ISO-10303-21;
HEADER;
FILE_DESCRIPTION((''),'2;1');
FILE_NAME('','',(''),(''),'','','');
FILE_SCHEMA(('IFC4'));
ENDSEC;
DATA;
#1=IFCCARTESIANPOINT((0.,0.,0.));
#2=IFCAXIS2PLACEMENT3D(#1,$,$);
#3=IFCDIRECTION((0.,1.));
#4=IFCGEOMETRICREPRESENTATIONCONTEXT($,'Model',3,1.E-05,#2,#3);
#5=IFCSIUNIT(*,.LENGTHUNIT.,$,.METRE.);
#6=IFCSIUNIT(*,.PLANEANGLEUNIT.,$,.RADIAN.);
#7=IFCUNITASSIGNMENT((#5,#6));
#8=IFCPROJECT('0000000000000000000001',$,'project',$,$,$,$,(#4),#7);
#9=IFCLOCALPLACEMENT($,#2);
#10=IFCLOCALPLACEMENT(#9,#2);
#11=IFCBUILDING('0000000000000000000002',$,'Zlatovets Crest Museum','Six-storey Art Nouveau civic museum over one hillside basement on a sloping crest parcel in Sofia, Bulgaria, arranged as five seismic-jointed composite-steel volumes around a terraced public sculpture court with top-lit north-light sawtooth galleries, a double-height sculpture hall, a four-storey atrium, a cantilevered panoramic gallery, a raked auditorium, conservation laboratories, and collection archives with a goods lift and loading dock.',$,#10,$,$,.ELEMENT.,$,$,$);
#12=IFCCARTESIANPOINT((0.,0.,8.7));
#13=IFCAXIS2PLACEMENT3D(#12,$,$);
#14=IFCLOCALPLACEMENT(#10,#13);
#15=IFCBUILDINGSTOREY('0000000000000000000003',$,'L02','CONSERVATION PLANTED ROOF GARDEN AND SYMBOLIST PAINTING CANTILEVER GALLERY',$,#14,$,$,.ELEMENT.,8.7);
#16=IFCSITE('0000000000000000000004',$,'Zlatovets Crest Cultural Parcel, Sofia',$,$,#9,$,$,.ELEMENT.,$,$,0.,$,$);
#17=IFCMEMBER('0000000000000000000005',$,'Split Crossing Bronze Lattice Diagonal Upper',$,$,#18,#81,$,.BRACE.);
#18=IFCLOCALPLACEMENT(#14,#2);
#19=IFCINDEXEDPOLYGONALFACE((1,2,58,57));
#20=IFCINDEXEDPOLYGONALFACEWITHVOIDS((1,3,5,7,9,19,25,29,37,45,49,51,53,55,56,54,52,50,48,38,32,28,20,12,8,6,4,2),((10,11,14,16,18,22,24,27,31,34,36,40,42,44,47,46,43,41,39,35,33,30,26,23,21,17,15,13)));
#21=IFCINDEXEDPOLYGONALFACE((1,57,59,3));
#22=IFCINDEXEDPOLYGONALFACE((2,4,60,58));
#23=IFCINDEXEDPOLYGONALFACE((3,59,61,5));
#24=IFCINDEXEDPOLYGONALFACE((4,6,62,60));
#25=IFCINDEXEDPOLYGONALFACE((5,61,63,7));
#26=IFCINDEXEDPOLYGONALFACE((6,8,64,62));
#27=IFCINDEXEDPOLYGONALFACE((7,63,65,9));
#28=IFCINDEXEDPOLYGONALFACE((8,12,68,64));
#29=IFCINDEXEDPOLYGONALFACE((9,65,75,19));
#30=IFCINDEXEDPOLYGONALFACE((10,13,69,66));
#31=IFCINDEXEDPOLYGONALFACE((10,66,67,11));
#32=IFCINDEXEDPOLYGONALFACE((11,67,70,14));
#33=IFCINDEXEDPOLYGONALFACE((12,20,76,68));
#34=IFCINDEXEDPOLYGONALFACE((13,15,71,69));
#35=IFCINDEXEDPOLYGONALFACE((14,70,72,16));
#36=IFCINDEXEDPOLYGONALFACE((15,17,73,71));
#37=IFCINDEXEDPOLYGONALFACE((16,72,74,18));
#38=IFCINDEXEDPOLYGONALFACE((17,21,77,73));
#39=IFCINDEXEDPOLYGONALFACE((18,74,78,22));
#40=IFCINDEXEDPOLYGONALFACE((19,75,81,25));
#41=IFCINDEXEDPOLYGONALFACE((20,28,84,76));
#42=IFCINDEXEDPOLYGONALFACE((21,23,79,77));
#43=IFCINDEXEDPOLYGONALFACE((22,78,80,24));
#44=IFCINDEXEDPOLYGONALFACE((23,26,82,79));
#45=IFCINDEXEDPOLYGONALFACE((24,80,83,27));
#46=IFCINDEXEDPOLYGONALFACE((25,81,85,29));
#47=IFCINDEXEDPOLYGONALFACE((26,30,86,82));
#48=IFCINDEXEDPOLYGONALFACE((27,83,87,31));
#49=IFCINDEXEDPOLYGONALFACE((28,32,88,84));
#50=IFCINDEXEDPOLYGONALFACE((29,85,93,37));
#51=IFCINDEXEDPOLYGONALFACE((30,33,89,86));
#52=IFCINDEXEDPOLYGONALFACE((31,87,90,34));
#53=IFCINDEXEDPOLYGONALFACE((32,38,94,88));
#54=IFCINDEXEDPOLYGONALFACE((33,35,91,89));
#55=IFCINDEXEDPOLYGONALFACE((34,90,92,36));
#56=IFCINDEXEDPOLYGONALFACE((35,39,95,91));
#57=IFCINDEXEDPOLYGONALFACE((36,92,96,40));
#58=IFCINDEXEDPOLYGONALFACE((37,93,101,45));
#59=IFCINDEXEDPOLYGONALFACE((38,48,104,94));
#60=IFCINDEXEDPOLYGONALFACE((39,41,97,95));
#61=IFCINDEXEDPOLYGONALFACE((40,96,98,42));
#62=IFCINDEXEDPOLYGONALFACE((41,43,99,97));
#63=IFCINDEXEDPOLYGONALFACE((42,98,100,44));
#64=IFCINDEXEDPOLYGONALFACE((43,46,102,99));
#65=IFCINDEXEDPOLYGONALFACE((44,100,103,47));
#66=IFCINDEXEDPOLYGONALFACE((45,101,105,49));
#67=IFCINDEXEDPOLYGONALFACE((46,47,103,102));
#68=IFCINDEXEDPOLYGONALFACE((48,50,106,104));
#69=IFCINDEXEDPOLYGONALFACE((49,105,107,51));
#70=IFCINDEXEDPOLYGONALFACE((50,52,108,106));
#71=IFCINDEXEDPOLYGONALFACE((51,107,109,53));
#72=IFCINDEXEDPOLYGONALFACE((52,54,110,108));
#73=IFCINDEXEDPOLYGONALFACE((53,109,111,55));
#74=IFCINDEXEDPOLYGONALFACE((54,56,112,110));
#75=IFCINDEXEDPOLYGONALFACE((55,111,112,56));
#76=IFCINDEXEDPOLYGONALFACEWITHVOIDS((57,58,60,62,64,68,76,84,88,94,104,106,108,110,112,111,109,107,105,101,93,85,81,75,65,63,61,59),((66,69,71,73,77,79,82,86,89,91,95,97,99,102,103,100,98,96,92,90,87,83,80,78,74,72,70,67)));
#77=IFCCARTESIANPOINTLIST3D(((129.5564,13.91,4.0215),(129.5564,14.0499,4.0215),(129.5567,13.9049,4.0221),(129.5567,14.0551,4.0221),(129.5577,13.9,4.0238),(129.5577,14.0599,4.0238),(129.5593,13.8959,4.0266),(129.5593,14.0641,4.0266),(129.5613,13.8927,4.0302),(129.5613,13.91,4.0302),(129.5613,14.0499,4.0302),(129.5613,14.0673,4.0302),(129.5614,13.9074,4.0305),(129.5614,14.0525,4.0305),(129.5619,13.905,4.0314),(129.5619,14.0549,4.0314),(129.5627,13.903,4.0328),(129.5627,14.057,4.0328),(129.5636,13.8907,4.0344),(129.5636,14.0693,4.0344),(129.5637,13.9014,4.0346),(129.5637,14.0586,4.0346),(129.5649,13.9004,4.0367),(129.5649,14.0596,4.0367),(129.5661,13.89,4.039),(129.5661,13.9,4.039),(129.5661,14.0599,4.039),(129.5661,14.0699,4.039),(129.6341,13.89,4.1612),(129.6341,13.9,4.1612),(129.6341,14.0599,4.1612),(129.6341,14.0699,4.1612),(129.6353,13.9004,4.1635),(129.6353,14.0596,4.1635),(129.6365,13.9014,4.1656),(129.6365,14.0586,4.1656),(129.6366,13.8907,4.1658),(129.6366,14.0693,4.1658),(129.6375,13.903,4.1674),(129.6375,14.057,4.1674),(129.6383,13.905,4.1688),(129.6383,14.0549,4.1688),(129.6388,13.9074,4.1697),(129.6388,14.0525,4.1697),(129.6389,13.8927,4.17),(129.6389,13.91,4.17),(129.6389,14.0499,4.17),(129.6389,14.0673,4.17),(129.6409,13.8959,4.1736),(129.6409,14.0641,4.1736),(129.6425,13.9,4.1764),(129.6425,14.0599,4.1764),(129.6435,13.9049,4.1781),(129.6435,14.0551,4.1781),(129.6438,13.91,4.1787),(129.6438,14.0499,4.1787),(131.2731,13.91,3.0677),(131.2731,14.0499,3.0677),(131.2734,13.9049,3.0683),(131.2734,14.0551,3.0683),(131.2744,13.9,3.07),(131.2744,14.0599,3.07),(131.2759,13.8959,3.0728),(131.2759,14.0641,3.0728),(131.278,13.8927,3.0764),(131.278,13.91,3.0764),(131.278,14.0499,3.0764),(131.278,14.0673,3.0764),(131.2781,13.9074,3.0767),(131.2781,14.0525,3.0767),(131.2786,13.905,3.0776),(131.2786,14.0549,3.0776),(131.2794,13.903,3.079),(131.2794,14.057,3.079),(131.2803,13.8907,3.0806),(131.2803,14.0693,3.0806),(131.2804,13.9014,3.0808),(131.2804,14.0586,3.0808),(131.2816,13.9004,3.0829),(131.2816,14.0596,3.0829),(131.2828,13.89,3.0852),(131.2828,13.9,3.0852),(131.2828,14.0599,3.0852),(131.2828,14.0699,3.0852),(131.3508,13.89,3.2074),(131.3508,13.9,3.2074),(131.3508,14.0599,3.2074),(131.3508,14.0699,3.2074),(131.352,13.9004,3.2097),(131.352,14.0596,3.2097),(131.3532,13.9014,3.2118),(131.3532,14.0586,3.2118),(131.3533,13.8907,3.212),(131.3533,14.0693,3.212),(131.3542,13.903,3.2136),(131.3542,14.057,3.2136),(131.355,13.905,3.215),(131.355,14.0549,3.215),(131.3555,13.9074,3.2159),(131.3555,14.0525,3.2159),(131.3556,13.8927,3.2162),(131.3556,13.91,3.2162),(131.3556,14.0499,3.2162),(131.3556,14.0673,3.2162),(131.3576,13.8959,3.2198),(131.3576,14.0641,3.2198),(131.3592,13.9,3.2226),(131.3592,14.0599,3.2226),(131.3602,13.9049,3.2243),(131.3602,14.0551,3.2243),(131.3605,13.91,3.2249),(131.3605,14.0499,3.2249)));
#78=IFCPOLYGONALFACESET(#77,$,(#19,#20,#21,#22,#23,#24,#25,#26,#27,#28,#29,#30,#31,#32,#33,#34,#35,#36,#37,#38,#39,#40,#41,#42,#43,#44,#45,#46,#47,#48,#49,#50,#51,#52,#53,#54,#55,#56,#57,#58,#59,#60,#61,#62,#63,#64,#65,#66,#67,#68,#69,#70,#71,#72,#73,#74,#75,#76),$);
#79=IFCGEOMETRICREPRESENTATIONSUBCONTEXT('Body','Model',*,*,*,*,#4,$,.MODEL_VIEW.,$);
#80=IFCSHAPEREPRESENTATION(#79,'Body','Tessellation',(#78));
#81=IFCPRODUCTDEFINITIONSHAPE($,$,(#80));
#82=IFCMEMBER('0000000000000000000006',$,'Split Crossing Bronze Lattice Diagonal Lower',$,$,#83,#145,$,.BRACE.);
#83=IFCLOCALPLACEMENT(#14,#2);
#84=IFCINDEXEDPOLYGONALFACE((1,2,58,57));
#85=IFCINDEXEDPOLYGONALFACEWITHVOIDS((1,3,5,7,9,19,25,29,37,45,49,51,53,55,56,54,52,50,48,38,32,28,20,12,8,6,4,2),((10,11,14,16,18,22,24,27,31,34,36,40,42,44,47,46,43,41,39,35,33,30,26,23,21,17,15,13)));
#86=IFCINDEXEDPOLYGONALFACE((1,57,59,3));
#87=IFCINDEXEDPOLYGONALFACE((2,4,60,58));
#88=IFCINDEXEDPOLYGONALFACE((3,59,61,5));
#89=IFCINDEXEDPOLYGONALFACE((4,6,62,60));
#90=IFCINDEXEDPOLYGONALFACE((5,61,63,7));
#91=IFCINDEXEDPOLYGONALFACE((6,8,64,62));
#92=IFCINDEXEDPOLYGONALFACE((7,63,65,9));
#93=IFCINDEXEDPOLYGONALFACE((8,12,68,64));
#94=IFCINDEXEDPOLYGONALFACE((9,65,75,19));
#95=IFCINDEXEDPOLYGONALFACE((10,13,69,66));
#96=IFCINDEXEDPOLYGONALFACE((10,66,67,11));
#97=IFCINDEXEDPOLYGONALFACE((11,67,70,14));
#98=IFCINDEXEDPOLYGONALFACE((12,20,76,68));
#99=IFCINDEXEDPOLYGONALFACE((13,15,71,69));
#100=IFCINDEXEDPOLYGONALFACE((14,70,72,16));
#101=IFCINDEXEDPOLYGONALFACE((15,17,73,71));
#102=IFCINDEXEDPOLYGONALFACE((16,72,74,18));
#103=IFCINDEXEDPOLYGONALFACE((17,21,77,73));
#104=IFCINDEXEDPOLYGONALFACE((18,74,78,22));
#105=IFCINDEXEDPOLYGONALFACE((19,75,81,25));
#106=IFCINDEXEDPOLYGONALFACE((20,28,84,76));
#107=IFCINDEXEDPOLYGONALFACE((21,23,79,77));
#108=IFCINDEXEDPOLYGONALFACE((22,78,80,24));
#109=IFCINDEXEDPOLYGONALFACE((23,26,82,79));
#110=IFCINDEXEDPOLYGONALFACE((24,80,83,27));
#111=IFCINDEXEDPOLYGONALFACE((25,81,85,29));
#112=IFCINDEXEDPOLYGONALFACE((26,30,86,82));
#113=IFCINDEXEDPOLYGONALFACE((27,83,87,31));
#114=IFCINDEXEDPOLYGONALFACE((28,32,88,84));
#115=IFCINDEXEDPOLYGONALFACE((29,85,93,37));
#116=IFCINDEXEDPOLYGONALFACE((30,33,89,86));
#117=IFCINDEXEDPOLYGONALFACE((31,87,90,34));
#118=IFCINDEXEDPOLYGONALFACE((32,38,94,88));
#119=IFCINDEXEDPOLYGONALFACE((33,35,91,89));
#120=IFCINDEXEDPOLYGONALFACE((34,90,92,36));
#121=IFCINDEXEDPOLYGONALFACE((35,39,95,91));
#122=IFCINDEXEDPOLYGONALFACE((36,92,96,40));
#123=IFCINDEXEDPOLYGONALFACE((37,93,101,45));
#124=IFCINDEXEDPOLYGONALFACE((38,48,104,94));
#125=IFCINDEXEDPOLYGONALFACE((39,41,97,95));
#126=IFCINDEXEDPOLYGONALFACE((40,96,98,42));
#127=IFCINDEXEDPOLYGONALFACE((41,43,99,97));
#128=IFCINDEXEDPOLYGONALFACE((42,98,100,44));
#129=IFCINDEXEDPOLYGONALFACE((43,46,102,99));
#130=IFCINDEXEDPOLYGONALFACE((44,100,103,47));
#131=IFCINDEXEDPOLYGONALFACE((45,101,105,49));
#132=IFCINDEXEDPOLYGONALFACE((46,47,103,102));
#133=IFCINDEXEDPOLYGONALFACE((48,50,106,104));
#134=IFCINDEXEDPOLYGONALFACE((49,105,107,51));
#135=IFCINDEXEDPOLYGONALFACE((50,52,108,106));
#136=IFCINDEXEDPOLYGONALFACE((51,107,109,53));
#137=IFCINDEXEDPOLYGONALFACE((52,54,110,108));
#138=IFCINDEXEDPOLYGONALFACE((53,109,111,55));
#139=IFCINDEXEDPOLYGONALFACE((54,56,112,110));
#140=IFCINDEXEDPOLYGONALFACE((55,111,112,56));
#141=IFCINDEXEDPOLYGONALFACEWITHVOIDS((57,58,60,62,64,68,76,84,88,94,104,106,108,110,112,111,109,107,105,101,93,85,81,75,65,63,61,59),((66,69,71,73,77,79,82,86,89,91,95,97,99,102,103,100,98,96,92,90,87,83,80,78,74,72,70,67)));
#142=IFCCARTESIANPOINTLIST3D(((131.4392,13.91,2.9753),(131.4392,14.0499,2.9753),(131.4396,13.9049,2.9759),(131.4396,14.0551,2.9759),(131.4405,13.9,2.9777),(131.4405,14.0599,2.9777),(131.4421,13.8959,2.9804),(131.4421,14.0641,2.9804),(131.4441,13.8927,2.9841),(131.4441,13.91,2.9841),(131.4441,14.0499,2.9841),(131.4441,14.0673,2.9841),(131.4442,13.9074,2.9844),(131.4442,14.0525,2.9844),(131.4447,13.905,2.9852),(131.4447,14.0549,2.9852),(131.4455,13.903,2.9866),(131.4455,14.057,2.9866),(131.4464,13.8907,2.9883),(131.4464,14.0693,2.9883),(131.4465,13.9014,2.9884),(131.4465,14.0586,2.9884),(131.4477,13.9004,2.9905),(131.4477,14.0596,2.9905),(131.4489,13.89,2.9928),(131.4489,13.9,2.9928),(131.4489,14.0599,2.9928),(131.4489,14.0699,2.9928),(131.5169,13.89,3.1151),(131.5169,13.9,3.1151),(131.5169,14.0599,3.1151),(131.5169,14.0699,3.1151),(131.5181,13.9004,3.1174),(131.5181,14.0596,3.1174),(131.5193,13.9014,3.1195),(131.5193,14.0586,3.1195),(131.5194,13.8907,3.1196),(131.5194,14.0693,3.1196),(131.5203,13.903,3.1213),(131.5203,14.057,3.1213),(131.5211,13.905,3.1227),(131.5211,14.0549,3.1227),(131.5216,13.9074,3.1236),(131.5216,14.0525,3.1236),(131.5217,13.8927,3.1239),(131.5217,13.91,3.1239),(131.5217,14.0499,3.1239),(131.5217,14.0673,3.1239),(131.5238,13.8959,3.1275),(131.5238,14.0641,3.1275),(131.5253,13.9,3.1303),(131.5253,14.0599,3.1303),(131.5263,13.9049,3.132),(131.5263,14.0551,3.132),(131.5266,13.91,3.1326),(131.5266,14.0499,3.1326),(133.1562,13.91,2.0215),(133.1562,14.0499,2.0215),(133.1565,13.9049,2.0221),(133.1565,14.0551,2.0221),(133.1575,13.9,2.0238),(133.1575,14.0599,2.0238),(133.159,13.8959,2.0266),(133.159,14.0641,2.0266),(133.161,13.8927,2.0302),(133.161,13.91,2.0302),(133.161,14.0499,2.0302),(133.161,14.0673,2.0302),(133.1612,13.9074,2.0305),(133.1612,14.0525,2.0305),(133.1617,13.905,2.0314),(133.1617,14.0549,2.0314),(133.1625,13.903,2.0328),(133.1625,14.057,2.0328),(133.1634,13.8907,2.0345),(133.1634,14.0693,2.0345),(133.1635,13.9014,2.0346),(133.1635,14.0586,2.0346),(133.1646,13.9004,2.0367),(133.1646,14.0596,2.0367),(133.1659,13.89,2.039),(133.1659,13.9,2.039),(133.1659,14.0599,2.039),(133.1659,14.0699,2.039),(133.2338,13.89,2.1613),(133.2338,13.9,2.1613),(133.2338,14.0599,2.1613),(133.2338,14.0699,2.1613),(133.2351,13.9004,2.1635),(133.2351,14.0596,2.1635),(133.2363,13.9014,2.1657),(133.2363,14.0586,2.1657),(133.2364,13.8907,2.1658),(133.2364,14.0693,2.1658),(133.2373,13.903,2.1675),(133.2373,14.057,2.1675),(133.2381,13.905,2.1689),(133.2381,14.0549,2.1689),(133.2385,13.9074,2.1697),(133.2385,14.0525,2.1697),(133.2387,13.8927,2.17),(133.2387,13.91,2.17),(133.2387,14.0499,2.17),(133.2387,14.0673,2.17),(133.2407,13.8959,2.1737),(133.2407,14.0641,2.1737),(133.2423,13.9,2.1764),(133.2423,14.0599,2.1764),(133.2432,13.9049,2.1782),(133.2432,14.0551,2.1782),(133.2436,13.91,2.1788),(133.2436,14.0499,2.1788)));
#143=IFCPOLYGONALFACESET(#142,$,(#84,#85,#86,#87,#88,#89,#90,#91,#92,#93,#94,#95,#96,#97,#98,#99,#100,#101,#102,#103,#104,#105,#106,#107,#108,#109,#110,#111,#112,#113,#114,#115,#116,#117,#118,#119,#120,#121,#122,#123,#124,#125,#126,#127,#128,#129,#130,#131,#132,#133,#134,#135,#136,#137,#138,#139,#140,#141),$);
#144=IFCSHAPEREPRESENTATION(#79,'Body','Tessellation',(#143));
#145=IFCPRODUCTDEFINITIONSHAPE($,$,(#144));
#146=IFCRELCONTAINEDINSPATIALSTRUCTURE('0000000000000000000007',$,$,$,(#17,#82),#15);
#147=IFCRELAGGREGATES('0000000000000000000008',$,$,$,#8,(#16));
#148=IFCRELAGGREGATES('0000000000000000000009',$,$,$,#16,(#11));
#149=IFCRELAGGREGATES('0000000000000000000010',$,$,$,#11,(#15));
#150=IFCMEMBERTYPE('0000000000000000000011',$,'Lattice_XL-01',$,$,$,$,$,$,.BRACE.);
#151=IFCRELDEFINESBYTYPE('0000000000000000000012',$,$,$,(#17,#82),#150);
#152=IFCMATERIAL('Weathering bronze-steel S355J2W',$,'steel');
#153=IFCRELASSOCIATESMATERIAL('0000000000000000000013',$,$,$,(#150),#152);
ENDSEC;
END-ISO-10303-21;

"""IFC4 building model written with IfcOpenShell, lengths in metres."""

from ifc_helpers import new_model, si_unit, direction, frame, origin, origin_2d, place, context, subcontext, project, spatial, hollow_rectangle, extrude, material, material_profile, profile_set, type_object, element, save


model = new_model("IFC4")

# Units and contexts
model_context = context("Model", 3, precision=1e-05, world=origin(), true_north=direction((0.0, 1.0)))
body_context = subcontext(model_context, "Body", "Model", "MODEL_VIEW")
ifc_project = project(units=[si_unit("LENGTHUNIT", "METRE"), si_unit("PLANEANGLEUNIT", "RADIAN")], contexts=[model_context])

# Site, building, storey
site_placement = place(None, origin())
site = spatial("IfcSite", under=ifc_project, at=site_placement, Name="Zlatovets Crest Cultural Parcel, Sofia", CompositionType="ELEMENT", RefElevation=0.0)
building_placement = place(site_placement, origin())
building = spatial("IfcBuilding", under=site, at=building_placement, Name="Zlatovets Crest Museum", Description="Six-storey Art Nouveau civic museum over one hillside basement on a sloping crest parcel in Sofia, Bulgaria, arranged as five seismic-jointed composite-steel volumes around a terraced public sculpture court with top-lit north-light sawtooth galleries, a double-height sculpture hall, a four-storey atrium, a cantilevered panoramic gallery, a raked auditorium, conservation laboratories, and collection archives with a goods lift and loading dock.", CompositionType="ELEMENT")
storey_placement = place(building_placement, frame((0.0, 0.0, 8.7)))
storey = spatial("IfcBuildingStorey", under=building, at=storey_placement, Name="L02", Description="CONSERVATION PLANTED ROOF GARDEN AND SYMBOLIST PAINTING CANTILEVER GALLERY", CompositionType="ELEMENT", Elevation=8.7)

# Members
ifc_material_1 = material(Name="Weathering bronze-steel S355J2W", Category="steel")
ifc_material_profile_1 = material_profile(ifc_material_1, hollow_rectangle(XDim=0.1799, YDim=0.1799, WallThickness=0.01, InnerFilletRadius=0.01, OuterFilletRadius=0.02, at=origin_2d()), Name="SHS 180x180x10.0")
ifc_profile_set_1 = profile_set([ifc_material_profile_1], Name="Weathering bronze-steel S355J2W")
member_type_1 = type_object("IfcMemberType", Name="Lattice_XL-01", PredefinedType="BRACE", material=ifc_profile_set_1)
member_1_placement = place(storey_placement, frame((129.6001, 13.98, 4.1001), z_axis=(0.87414, 0.0, -0.485675), x_axis=(0.0, 1.0, 0.0)))
element("IfcMember", 1, at=member_1_placement, inside=storey, type_object=member_type_1, Name="Split Crossing Bronze Lattice Diagonal Upper", PredefinedType="BRACE", context=body_context, shape_type="SweptSolid", body=[
    extrude(hollow_rectangle(XDim=0.1799, YDim=0.1799, WallThickness=0.01, InnerFilletRadius=0.01, OuterFilletRadius=0.02, at=origin_2d()), origin(), (0.0, 0.0, 1.0), 1.9639),
])
member_2_placement = place(storey_placement, frame((131.4829, 13.98, 3.054), z_axis=(0.874169, 0.0, -0.485622), x_axis=(0.0, 1.0, 0.0)))
element("IfcMember", 2, at=member_2_placement, inside=storey, type_object=member_type_1, Name="Split Crossing Bronze Lattice Diagonal Lower", PredefinedType="BRACE", context=body_context, shape_type="SweptSolid", body=[
    extrude(hollow_rectangle(XDim=0.1799, YDim=0.1799, WallThickness=0.01, InnerFilletRadius=0.01, OuterFilletRadius=0.02, at=origin_2d()), origin(), (0.0, 0.0, 1.0), 1.9641),
])

save(model, "model.ifc")
